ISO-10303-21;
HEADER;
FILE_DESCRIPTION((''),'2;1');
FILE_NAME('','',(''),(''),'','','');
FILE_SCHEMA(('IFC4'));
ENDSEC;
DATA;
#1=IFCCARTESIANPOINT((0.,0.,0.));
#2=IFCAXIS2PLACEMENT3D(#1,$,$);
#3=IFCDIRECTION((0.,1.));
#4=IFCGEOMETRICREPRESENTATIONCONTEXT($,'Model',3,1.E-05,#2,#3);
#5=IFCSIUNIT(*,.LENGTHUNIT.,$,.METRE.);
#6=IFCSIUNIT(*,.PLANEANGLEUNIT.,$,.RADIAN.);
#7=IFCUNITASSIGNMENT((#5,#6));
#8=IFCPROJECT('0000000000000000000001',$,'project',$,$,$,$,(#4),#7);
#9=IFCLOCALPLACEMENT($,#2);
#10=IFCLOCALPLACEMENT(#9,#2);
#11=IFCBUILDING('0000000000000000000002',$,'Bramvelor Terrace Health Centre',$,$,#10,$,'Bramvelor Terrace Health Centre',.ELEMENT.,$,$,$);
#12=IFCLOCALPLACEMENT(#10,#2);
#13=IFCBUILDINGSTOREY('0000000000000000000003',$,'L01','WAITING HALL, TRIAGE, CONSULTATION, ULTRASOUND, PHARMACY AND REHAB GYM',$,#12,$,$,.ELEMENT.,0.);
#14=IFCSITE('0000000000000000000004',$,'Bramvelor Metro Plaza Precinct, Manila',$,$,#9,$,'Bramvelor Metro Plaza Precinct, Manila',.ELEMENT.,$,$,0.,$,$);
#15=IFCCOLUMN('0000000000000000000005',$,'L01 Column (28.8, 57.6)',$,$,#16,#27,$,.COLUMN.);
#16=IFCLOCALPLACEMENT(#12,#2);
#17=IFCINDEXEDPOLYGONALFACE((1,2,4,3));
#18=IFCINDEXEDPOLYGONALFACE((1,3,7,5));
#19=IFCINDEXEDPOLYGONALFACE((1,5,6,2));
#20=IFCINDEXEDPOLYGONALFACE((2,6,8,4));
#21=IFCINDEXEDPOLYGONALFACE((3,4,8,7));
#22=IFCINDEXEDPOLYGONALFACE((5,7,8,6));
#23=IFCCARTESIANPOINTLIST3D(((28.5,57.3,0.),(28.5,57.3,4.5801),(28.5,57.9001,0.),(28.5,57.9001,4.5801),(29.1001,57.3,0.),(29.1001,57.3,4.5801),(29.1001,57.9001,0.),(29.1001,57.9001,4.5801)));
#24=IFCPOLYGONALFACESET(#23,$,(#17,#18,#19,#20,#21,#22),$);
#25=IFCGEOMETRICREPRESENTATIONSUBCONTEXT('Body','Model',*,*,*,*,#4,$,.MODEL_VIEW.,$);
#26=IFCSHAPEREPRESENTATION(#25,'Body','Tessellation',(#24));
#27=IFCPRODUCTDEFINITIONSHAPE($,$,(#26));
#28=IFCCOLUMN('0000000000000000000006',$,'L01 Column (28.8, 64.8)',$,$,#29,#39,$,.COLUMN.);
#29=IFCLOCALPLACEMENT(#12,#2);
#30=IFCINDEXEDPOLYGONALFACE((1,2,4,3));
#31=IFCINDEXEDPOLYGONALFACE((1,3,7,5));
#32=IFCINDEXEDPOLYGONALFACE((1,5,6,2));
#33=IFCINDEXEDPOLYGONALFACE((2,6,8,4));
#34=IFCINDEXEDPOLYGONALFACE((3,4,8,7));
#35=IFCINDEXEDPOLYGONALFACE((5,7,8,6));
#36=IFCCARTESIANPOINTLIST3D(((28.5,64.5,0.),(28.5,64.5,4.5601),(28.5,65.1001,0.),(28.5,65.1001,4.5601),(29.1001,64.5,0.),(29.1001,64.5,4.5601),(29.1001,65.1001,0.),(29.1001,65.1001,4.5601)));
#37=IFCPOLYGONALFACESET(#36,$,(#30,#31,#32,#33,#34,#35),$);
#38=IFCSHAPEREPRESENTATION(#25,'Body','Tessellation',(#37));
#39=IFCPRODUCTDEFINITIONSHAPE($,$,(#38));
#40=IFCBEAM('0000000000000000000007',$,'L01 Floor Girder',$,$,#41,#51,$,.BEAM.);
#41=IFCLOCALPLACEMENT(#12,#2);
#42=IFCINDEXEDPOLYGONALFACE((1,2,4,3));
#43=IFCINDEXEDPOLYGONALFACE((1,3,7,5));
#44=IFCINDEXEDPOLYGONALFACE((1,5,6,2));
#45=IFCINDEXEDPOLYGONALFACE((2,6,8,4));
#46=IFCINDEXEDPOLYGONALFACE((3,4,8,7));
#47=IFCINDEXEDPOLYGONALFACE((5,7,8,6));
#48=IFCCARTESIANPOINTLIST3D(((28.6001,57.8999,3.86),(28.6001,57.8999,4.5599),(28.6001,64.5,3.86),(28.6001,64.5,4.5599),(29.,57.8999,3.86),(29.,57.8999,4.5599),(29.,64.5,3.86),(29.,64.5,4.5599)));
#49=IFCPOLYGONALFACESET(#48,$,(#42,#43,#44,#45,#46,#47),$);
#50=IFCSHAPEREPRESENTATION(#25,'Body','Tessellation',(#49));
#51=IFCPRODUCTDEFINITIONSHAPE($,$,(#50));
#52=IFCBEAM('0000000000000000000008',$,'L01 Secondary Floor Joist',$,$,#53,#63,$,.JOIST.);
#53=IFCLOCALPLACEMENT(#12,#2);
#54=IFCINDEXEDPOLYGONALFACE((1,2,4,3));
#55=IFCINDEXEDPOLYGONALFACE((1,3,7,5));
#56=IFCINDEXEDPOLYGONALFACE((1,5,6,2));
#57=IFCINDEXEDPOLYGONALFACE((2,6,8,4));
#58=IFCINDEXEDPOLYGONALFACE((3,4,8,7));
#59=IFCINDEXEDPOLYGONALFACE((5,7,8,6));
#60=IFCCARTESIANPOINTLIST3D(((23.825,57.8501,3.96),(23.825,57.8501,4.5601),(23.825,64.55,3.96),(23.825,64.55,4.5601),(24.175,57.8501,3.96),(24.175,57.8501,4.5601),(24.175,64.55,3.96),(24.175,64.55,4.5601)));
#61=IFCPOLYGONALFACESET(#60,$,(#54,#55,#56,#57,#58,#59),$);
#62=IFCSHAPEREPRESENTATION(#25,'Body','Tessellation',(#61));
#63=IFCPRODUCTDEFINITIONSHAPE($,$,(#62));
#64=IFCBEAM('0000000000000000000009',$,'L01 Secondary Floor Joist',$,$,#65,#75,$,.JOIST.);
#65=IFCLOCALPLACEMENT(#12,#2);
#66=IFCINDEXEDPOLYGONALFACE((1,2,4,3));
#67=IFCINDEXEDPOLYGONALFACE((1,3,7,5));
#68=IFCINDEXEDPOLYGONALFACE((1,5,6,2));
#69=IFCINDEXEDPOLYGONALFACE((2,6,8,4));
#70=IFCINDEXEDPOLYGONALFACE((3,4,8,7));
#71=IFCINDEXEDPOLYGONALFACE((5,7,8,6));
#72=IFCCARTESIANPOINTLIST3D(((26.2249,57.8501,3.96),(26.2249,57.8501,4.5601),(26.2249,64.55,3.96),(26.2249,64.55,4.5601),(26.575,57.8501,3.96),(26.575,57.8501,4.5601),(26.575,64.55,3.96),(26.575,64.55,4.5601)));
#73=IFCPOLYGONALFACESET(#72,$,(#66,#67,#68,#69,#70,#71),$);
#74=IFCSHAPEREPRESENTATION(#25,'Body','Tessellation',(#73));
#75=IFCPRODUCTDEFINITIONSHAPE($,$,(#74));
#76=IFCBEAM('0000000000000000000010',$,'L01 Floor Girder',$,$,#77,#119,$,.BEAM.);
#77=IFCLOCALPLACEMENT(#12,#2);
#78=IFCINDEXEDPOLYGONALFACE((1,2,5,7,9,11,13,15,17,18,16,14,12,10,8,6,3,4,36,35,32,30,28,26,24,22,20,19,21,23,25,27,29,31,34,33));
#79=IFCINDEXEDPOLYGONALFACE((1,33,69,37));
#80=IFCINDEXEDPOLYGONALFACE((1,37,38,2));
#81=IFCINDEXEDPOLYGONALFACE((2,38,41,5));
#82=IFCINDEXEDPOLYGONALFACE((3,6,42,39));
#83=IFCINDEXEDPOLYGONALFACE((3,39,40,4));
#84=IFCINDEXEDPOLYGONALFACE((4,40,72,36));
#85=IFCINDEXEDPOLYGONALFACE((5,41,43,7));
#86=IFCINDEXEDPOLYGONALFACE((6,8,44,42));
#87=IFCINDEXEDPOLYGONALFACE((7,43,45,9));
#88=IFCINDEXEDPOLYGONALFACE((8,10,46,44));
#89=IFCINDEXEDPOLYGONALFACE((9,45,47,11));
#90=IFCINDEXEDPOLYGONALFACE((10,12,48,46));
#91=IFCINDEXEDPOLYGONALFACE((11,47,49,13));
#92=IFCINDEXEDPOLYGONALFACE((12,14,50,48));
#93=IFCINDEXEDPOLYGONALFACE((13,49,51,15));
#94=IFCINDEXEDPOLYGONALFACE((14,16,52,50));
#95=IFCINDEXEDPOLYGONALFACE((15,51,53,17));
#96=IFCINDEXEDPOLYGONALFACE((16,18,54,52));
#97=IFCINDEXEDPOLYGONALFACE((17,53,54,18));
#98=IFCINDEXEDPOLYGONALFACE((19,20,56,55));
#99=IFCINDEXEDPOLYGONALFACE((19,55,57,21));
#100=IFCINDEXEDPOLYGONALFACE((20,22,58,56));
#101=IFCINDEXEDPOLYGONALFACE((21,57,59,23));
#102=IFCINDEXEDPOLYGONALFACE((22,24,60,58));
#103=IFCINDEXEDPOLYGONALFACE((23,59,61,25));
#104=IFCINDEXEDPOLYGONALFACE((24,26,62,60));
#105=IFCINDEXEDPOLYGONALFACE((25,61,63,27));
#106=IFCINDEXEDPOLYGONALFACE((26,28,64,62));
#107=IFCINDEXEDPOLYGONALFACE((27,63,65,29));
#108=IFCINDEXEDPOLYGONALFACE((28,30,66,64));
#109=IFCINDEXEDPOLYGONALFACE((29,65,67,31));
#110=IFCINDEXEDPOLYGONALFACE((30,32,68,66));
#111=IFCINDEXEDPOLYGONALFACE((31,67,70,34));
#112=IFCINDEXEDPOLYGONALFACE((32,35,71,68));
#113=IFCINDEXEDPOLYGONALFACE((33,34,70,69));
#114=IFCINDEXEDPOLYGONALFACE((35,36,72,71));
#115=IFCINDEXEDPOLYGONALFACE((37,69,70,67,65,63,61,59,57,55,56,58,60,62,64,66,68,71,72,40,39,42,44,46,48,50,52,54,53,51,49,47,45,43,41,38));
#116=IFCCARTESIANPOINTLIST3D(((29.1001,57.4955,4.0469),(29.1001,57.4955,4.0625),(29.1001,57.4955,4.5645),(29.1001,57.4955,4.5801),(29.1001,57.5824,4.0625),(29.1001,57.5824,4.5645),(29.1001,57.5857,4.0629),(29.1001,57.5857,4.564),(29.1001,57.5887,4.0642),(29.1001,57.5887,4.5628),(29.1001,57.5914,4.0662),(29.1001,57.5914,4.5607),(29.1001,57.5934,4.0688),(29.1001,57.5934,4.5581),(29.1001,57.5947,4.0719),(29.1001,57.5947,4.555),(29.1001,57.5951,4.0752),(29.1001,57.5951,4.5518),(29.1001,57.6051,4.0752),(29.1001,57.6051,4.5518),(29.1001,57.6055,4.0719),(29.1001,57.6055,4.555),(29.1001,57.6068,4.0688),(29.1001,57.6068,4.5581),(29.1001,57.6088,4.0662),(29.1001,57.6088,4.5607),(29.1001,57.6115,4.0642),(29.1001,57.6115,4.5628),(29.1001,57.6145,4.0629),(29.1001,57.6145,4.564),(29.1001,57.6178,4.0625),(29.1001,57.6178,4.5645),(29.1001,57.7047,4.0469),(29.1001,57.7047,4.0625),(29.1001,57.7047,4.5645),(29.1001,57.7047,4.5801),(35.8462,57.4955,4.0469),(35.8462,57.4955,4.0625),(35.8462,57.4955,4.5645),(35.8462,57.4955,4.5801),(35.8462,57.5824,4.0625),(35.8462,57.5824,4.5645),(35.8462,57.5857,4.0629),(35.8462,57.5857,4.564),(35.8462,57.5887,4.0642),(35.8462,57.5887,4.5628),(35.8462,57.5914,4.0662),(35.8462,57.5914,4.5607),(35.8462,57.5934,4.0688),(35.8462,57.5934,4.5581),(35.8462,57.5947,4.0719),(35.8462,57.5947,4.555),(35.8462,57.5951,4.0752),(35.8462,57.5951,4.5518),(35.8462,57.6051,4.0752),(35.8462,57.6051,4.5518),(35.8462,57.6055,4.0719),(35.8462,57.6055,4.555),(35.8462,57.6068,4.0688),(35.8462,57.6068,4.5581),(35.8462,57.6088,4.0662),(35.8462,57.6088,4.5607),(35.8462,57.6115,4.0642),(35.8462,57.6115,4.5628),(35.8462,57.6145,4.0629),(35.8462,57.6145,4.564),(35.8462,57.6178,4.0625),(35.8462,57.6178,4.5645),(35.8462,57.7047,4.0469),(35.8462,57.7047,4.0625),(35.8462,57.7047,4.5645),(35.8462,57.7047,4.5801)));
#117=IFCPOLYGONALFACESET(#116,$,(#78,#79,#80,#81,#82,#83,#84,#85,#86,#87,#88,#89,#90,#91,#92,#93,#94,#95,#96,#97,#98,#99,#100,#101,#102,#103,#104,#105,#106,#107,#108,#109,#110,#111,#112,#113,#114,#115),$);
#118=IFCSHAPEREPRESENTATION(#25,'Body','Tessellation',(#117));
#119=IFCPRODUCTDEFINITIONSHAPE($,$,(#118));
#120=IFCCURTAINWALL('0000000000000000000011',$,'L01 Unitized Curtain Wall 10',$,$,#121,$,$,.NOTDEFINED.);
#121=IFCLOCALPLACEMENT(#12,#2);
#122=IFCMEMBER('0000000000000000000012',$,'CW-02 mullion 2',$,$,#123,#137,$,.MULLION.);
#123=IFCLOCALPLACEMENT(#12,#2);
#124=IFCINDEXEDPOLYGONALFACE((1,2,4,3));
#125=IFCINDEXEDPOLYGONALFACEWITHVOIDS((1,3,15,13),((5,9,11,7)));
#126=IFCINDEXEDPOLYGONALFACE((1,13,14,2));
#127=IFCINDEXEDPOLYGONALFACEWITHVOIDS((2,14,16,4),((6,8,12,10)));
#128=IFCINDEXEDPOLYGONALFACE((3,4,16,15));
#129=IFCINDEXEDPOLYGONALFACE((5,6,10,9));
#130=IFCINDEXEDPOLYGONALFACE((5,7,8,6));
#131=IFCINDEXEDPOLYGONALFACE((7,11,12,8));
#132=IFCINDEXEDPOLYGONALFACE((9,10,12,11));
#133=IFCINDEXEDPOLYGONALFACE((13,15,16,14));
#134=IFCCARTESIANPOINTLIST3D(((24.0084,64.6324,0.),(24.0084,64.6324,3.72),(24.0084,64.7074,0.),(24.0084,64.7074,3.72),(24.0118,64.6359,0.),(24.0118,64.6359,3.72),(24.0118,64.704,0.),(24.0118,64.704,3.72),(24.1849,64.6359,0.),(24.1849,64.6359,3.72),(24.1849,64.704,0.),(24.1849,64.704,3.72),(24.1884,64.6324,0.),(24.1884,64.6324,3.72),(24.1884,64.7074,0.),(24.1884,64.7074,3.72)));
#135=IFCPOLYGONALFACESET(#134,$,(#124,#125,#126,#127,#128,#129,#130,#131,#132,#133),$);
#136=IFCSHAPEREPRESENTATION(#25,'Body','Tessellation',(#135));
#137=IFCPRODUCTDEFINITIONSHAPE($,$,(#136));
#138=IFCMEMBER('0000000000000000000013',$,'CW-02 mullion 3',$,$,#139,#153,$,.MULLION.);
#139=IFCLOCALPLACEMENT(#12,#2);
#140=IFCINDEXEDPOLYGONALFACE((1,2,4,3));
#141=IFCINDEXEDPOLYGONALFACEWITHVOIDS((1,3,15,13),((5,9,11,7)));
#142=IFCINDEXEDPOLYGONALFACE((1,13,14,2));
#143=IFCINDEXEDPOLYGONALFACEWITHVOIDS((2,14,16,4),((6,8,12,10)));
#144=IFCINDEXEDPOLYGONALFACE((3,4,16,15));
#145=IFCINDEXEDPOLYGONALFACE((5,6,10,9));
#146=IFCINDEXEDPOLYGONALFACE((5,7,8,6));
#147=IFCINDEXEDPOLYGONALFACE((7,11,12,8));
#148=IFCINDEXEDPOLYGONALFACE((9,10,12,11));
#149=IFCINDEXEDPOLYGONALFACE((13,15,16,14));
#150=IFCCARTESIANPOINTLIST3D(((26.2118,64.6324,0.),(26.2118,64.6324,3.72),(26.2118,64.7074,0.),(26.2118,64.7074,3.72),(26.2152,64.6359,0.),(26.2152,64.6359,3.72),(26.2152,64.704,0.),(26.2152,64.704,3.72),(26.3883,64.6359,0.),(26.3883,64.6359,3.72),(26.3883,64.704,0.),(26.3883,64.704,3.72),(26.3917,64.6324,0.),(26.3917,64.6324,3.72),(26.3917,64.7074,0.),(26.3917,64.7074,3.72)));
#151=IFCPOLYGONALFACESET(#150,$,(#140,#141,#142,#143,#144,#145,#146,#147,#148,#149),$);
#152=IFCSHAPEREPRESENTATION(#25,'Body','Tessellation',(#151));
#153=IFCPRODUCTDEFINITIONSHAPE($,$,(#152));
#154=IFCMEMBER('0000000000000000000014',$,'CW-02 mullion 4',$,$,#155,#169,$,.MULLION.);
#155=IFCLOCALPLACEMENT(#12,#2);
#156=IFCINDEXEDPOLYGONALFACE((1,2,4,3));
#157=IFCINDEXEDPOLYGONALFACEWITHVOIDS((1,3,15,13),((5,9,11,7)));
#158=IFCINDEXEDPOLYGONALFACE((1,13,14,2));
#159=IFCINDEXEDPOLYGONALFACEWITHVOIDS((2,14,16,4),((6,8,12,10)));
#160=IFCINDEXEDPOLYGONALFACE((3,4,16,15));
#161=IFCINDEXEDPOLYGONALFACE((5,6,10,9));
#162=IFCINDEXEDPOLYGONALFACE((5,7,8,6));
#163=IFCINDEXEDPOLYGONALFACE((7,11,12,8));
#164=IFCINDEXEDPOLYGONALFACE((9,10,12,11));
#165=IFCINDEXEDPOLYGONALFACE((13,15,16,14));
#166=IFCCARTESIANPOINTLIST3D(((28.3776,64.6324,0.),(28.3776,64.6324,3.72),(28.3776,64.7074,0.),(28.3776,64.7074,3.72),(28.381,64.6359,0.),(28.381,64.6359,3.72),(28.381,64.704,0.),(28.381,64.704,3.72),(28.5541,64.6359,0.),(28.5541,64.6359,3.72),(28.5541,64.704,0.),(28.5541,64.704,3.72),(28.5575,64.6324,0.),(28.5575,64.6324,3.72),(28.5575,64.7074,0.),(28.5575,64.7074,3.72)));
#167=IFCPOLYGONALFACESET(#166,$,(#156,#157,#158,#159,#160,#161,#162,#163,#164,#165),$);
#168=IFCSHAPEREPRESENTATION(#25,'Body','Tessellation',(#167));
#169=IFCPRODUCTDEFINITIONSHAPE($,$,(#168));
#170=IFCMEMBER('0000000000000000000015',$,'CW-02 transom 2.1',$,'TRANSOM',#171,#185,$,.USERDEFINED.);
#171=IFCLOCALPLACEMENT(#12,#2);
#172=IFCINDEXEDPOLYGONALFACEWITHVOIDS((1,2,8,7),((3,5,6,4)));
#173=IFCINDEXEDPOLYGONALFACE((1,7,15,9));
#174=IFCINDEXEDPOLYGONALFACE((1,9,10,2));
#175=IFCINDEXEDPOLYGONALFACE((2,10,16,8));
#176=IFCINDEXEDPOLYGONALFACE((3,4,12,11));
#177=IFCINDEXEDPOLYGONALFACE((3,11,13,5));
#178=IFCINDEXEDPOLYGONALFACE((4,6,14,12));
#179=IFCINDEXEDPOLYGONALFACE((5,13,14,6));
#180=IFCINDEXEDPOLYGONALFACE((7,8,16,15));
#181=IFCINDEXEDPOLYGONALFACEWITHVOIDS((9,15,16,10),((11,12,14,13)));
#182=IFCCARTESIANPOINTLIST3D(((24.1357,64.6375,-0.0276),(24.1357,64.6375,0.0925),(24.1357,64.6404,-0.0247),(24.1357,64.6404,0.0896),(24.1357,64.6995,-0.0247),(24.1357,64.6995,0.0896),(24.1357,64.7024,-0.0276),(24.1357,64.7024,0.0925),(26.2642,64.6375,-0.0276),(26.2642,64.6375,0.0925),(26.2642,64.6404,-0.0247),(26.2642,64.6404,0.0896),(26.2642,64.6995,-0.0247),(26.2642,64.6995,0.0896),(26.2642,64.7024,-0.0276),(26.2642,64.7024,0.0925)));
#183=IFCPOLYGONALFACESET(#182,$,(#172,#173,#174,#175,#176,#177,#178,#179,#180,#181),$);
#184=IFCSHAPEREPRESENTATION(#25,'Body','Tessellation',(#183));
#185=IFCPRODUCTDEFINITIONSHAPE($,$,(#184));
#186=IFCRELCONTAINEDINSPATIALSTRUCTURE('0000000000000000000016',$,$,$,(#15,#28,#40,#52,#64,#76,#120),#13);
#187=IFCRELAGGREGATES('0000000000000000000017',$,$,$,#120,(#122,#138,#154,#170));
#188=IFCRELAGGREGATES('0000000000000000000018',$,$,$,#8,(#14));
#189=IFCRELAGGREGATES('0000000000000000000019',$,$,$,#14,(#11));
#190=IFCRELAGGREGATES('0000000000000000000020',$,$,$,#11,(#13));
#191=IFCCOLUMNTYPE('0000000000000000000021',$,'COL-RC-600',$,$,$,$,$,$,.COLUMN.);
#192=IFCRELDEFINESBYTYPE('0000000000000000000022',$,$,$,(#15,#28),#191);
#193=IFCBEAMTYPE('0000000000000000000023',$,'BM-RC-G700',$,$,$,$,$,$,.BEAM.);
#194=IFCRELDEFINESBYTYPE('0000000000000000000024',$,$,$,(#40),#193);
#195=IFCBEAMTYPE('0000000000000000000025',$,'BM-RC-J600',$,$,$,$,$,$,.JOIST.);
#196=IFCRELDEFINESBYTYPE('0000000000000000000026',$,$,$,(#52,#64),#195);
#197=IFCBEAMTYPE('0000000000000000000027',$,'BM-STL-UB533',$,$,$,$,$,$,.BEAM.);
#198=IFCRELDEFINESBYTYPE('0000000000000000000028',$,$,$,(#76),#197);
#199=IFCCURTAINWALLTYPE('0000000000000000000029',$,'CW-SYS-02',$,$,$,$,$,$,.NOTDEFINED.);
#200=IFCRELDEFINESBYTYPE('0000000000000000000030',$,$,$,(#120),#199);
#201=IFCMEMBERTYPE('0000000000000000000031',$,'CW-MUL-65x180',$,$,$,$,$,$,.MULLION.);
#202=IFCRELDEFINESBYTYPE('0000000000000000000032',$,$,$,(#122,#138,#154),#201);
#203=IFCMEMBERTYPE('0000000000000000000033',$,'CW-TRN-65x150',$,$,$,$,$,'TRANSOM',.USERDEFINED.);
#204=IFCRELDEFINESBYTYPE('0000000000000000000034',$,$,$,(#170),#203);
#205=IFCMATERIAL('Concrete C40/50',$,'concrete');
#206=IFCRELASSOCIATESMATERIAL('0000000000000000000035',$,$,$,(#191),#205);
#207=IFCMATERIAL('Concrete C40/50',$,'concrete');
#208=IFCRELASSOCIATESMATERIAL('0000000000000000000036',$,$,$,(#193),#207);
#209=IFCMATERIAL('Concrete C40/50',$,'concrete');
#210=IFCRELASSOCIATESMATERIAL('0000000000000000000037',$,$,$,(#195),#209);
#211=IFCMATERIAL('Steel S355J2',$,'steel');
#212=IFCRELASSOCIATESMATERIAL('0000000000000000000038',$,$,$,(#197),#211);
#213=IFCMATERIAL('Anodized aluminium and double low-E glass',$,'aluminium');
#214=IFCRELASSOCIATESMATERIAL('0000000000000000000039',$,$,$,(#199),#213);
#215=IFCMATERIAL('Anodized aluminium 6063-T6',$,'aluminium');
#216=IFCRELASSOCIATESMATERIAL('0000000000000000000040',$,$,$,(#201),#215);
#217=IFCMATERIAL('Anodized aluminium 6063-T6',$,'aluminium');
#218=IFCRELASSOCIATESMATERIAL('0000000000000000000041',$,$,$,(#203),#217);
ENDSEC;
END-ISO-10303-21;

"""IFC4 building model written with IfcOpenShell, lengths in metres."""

from ifc_helpers import new_model, si_unit, direction, frame, origin, origin_2d, place, context, subcontext, project, spatial, rectangle, hollow_rectangle, i_section, extrude, material, material_profile, profile_set, type_object, element, aggregate, save


model = new_model("IFC4")

# Units and contexts
model_context = context("Model", 3, precision=1e-05, world=origin(), true_north=direction((0.0, 1.0)))
body_context = subcontext(model_context, "Body", "Model", "MODEL_VIEW")
ifc_project = project(units=[si_unit("LENGTHUNIT", "METRE"), si_unit("PLANEANGLEUNIT", "RADIAN")], contexts=[model_context])

# Site, building, storey
site_placement = place(None, origin())
site = spatial("IfcSite", under=ifc_project, at=site_placement, Name="Bramvelor Metro Plaza Precinct, Manila", LongName="Bramvelor Metro Plaza Precinct, Manila", CompositionType="ELEMENT", RefElevation=0.0)
building_placement = place(site_placement, origin())
building = spatial("IfcBuilding", under=site, at=building_placement, Name="Bramvelor Terrace Health Centre", LongName="Bramvelor Terrace Health Centre", CompositionType="ELEMENT")
storey_placement = place(building_placement, origin())
storey = spatial("IfcBuildingStorey", under=building, at=storey_placement, Name="L01", Description="WAITING HALL, TRIAGE, CONSULTATION, ULTRASOUND, PHARMACY AND REHAB GYM", CompositionType="ELEMENT", Elevation=0.0)

# Columns
ifc_material_1 = material(Name="Concrete C40/50", Category="concrete")
ifc_material_profile_1 = material_profile(ifc_material_1, rectangle(XDim=0.6001, YDim=0.6001, at=origin_2d()), Name="RC 600x600")
ifc_profile_set_1 = profile_set([ifc_material_profile_1], Name="Concrete C40/50")
column_type = type_object("IfcColumnType", Name="COL-RC-600", PredefinedType="COLUMN", material=ifc_profile_set_1)
column_1_placement = place(storey_placement, frame((28.8, 57.6001, 0.0), z_axis=(0.0, 0.0, 1.0), x_axis=(1.0, 0.0, 0.0)))
element("IfcColumn", 1, at=column_1_placement, inside=storey, type_object=column_type, Name="L01 Column (28.8, 57.6)", PredefinedType="COLUMN", context=body_context, shape_type="SweptSolid", body=[
    extrude(rectangle(XDim=0.6001, YDim=0.6001, at=origin_2d()), origin(), (0.0, 0.0, 1.0), 4.5801),
])
column_2_placement = place(storey_placement, frame((28.8, 64.8, 0.0), z_axis=(0.0, 0.0, 1.0), x_axis=(1.0, 0.0, 0.0)))
element("IfcColumn", 2, at=column_2_placement, inside=storey, type_object=column_type, Name="L01 Column (28.8, 64.8)", PredefinedType="COLUMN", context=body_context, shape_type="SweptSolid", body=[
    extrude(rectangle(XDim=0.6001, YDim=0.6001, at=origin_2d()), origin(), (0.0, 0.0, 1.0), 4.5601),
])

# Beams
ifc_material_2 = material(Name="Concrete C40/50", Category="concrete")
ifc_material_profile_2 = material_profile(ifc_material_2, rectangle(XDim=0.3999, YDim=0.7, at=origin_2d()), Name="RC 400x700")
ifc_profile_set_2 = profile_set([ifc_material_profile_2], Name="Concrete C40/50")
beam_type_1 = type_object("IfcBeamType", Name="BM-RC-G700", PredefinedType="BEAM", material=ifc_profile_set_2)
beam_1_placement = place(storey_placement, frame((28.8, 57.8999, 4.21), z_axis=(0.0, 1.0, 0.0), x_axis=(-1.0, 0.0, 0.0)))
element("IfcBeam", 3, at=beam_1_placement, inside=storey, type_object=beam_type_1, Name="L01 Floor Girder", PredefinedType="BEAM", context=body_context, shape_type="SweptSolid", body=[
    extrude(rectangle(XDim=0.3999, YDim=0.7, at=origin_2d()), origin(), (0.0, 0.0, 1.0), 6.6001),
])
ifc_material_3 = material(Name="Concrete C40/50", Category="concrete")
ifc_material_profile_3 = material_profile(ifc_material_3, rectangle(XDim=0.3501, YDim=0.6001, at=origin_2d()), Name="RC 350x600")
ifc_profile_set_3 = profile_set([ifc_material_profile_3], Name="Concrete C40/50")
beam_type_2 = type_object("IfcBeamType", Name="BM-RC-J600", PredefinedType="JOIST", material=ifc_profile_set_3)
for number, where, z_axis, x_axis, name in (
    (4, (24.0, 57.8501, 4.26), (0.0, 1.0, 0.0), (-1.0, 0.0, 0.0), "L01 Secondary Floor Joist"),
    (5, (26.3999, 57.8501, 4.26), (0.0, 1.0, 0.0), (-1.0, 0.0, 0.0), "L01 Secondary Floor Joist"),
):
    element("IfcBeam", number, at=place(storey_placement, frame(where, z_axis=z_axis, x_axis=x_axis)), inside=storey, type_object=beam_type_2, Name=name, PredefinedType="JOIST", context=body_context, shape_type="SweptSolid", body=[
        extrude(rectangle(XDim=0.3501, YDim=0.6001, at=origin_2d()), origin(), (0.0, 0.0, 1.0), 6.7),
    ])
ifc_material_4 = material(Name="Steel S355J2", Category="steel")
ifc_material_profile_4 = material_profile(ifc_material_4, i_section(OverallWidth=0.2092, OverallDepth=0.5332, WebThickness=0.01, FlangeThickness=0.0156, FilletRadius=0.0127, at=origin_2d()), Name="UB 533x210x92")
ifc_profile_set_4 = profile_set([ifc_material_profile_4], Name="Steel S355J2")
beam_type_3 = type_object("IfcBeamType", Name="BM-STL-UB533", PredefinedType="BEAM", material=ifc_profile_set_4)
beam_2_placement = place(storey_placement, frame((29.1001, 57.6001, 4.3135), z_axis=(1.0, 0.0, 0.0), x_axis=(0.0, 1.0, 0.0)))
element("IfcBeam", 6, at=beam_2_placement, inside=storey, type_object=beam_type_3, Name="L01 Floor Girder", PredefinedType="BEAM", context=body_context, shape_type="SweptSolid", body=[
    extrude(i_section(OverallWidth=0.2092, OverallDepth=0.5332, WebThickness=0.01, FlangeThickness=0.0156, FilletRadius=0.0127, at=origin_2d()), origin(), (0.0, 0.0, 1.0), 6.7461),
])

# Curtain wall, members
ifc_material_5 = material(Name="Anodized aluminium and double low-E glass", Category="aluminium")
curtain_wall_type = type_object("IfcCurtainWallType", Name="CW-SYS-02", PredefinedType="NOTDEFINED", material=ifc_material_5)
curtain_wall_placement = place(storey_placement, origin())
curtain_wall = element("IfcCurtainWall", 7, at=curtain_wall_placement, inside=storey, type_object=curtain_wall_type, Name="L01 Unitized Curtain Wall 10", PredefinedType="NOTDEFINED")
ifc_material_6 = material(Name="Anodized aluminium 6063-T6", Category="aluminium")
ifc_material_profile_5 = material_profile(ifc_material_6, hollow_rectangle(XDim=0.075, YDim=0.1799, WallThickness=0.0034, at=origin_2d()), Name="ALU-MUL 75x180x3.5")
ifc_profile_set_5 = profile_set([ifc_material_profile_5], Name="Anodized aluminium 6063-T6")
member_type_1 = type_object("IfcMemberType", Name="CW-MUL-65x180", PredefinedType="MULLION", material=ifc_profile_set_5)
member_1_placement = place(storey_placement, frame((24.0984, 64.6699, 0.0), z_axis=(0.0, 0.0, 1.0), x_axis=(0.0, 1.0, 0.0)))
member_1 = element("IfcMember", 8, at=member_1_placement, type_object=member_type_1, Name="CW-02 mullion 2", PredefinedType="MULLION", context=body_context, shape_type="SweptSolid", body=[
    extrude(hollow_rectangle(XDim=0.075, YDim=0.1799, WallThickness=0.0034, at=origin_2d()), origin(), (0.0, 0.0, 1.0), 3.72),
])
member_2_placement = place(storey_placement, frame((26.3018, 64.6699, 0.0), z_axis=(0.0, 0.0, 1.0), x_axis=(0.0, 1.0, 0.0)))
member_2 = element("IfcMember", 9, at=member_2_placement, type_object=member_type_1, Name="CW-02 mullion 3", PredefinedType="MULLION", context=body_context, shape_type="SweptSolid", body=[
    extrude(hollow_rectangle(XDim=0.075, YDim=0.1799, WallThickness=0.0034, at=origin_2d()), origin(), (0.0, 0.0, 1.0), 3.72),
])
member_3_placement = place(storey_placement, frame((28.4675, 64.6699, 0.0), z_axis=(0.0, 0.0, 1.0), x_axis=(0.0, 1.0, 0.0)))
member_3 = element("IfcMember", 10, at=member_3_placement, type_object=member_type_1, Name="CW-02 mullion 4", PredefinedType="MULLION", context=body_context, shape_type="SweptSolid", body=[
    extrude(hollow_rectangle(XDim=0.075, YDim=0.1799, WallThickness=0.0034, at=origin_2d()), origin(), (0.0, 0.0, 1.0), 3.72),
])
ifc_material_7 = material(Name="Anodized aluminium 6063-T6", Category="aluminium")
ifc_material_profile_6 = material_profile(ifc_material_7, hollow_rectangle(XDim=0.0649, YDim=0.1201, WallThickness=0.0029, at=origin_2d()), Name="ALU-TRN 65x120x3.0")
ifc_profile_set_6 = profile_set([ifc_material_profile_6], Name="Anodized aluminium 6063-T6")
member_type_2 = type_object("IfcMemberType", Name="CW-TRN-65x150", ElementType="TRANSOM", PredefinedType="USERDEFINED", material=ifc_profile_set_6)
member_4_placement = place(storey_placement, frame((24.1357, 64.6699, 0.0325), z_axis=(1.0, 0.0, 0.0), x_axis=(0.0, 1.0, 0.0)))
member_4 = element("IfcMember", 11, at=member_4_placement, type_object=member_type_2, Name="CW-02 transom 2.1", ObjectType="TRANSOM", PredefinedType="USERDEFINED", context=body_context, shape_type="SweptSolid", body=[
    extrude(hollow_rectangle(XDim=0.0649, YDim=0.1201, WallThickness=0.0029, at=origin_2d()), origin(), (0.0, 0.0, 1.0), 2.1284),
])
aggregate(curtain_wall, [member_1, member_2, member_3, member_4])

save(model, "model.ifc")
